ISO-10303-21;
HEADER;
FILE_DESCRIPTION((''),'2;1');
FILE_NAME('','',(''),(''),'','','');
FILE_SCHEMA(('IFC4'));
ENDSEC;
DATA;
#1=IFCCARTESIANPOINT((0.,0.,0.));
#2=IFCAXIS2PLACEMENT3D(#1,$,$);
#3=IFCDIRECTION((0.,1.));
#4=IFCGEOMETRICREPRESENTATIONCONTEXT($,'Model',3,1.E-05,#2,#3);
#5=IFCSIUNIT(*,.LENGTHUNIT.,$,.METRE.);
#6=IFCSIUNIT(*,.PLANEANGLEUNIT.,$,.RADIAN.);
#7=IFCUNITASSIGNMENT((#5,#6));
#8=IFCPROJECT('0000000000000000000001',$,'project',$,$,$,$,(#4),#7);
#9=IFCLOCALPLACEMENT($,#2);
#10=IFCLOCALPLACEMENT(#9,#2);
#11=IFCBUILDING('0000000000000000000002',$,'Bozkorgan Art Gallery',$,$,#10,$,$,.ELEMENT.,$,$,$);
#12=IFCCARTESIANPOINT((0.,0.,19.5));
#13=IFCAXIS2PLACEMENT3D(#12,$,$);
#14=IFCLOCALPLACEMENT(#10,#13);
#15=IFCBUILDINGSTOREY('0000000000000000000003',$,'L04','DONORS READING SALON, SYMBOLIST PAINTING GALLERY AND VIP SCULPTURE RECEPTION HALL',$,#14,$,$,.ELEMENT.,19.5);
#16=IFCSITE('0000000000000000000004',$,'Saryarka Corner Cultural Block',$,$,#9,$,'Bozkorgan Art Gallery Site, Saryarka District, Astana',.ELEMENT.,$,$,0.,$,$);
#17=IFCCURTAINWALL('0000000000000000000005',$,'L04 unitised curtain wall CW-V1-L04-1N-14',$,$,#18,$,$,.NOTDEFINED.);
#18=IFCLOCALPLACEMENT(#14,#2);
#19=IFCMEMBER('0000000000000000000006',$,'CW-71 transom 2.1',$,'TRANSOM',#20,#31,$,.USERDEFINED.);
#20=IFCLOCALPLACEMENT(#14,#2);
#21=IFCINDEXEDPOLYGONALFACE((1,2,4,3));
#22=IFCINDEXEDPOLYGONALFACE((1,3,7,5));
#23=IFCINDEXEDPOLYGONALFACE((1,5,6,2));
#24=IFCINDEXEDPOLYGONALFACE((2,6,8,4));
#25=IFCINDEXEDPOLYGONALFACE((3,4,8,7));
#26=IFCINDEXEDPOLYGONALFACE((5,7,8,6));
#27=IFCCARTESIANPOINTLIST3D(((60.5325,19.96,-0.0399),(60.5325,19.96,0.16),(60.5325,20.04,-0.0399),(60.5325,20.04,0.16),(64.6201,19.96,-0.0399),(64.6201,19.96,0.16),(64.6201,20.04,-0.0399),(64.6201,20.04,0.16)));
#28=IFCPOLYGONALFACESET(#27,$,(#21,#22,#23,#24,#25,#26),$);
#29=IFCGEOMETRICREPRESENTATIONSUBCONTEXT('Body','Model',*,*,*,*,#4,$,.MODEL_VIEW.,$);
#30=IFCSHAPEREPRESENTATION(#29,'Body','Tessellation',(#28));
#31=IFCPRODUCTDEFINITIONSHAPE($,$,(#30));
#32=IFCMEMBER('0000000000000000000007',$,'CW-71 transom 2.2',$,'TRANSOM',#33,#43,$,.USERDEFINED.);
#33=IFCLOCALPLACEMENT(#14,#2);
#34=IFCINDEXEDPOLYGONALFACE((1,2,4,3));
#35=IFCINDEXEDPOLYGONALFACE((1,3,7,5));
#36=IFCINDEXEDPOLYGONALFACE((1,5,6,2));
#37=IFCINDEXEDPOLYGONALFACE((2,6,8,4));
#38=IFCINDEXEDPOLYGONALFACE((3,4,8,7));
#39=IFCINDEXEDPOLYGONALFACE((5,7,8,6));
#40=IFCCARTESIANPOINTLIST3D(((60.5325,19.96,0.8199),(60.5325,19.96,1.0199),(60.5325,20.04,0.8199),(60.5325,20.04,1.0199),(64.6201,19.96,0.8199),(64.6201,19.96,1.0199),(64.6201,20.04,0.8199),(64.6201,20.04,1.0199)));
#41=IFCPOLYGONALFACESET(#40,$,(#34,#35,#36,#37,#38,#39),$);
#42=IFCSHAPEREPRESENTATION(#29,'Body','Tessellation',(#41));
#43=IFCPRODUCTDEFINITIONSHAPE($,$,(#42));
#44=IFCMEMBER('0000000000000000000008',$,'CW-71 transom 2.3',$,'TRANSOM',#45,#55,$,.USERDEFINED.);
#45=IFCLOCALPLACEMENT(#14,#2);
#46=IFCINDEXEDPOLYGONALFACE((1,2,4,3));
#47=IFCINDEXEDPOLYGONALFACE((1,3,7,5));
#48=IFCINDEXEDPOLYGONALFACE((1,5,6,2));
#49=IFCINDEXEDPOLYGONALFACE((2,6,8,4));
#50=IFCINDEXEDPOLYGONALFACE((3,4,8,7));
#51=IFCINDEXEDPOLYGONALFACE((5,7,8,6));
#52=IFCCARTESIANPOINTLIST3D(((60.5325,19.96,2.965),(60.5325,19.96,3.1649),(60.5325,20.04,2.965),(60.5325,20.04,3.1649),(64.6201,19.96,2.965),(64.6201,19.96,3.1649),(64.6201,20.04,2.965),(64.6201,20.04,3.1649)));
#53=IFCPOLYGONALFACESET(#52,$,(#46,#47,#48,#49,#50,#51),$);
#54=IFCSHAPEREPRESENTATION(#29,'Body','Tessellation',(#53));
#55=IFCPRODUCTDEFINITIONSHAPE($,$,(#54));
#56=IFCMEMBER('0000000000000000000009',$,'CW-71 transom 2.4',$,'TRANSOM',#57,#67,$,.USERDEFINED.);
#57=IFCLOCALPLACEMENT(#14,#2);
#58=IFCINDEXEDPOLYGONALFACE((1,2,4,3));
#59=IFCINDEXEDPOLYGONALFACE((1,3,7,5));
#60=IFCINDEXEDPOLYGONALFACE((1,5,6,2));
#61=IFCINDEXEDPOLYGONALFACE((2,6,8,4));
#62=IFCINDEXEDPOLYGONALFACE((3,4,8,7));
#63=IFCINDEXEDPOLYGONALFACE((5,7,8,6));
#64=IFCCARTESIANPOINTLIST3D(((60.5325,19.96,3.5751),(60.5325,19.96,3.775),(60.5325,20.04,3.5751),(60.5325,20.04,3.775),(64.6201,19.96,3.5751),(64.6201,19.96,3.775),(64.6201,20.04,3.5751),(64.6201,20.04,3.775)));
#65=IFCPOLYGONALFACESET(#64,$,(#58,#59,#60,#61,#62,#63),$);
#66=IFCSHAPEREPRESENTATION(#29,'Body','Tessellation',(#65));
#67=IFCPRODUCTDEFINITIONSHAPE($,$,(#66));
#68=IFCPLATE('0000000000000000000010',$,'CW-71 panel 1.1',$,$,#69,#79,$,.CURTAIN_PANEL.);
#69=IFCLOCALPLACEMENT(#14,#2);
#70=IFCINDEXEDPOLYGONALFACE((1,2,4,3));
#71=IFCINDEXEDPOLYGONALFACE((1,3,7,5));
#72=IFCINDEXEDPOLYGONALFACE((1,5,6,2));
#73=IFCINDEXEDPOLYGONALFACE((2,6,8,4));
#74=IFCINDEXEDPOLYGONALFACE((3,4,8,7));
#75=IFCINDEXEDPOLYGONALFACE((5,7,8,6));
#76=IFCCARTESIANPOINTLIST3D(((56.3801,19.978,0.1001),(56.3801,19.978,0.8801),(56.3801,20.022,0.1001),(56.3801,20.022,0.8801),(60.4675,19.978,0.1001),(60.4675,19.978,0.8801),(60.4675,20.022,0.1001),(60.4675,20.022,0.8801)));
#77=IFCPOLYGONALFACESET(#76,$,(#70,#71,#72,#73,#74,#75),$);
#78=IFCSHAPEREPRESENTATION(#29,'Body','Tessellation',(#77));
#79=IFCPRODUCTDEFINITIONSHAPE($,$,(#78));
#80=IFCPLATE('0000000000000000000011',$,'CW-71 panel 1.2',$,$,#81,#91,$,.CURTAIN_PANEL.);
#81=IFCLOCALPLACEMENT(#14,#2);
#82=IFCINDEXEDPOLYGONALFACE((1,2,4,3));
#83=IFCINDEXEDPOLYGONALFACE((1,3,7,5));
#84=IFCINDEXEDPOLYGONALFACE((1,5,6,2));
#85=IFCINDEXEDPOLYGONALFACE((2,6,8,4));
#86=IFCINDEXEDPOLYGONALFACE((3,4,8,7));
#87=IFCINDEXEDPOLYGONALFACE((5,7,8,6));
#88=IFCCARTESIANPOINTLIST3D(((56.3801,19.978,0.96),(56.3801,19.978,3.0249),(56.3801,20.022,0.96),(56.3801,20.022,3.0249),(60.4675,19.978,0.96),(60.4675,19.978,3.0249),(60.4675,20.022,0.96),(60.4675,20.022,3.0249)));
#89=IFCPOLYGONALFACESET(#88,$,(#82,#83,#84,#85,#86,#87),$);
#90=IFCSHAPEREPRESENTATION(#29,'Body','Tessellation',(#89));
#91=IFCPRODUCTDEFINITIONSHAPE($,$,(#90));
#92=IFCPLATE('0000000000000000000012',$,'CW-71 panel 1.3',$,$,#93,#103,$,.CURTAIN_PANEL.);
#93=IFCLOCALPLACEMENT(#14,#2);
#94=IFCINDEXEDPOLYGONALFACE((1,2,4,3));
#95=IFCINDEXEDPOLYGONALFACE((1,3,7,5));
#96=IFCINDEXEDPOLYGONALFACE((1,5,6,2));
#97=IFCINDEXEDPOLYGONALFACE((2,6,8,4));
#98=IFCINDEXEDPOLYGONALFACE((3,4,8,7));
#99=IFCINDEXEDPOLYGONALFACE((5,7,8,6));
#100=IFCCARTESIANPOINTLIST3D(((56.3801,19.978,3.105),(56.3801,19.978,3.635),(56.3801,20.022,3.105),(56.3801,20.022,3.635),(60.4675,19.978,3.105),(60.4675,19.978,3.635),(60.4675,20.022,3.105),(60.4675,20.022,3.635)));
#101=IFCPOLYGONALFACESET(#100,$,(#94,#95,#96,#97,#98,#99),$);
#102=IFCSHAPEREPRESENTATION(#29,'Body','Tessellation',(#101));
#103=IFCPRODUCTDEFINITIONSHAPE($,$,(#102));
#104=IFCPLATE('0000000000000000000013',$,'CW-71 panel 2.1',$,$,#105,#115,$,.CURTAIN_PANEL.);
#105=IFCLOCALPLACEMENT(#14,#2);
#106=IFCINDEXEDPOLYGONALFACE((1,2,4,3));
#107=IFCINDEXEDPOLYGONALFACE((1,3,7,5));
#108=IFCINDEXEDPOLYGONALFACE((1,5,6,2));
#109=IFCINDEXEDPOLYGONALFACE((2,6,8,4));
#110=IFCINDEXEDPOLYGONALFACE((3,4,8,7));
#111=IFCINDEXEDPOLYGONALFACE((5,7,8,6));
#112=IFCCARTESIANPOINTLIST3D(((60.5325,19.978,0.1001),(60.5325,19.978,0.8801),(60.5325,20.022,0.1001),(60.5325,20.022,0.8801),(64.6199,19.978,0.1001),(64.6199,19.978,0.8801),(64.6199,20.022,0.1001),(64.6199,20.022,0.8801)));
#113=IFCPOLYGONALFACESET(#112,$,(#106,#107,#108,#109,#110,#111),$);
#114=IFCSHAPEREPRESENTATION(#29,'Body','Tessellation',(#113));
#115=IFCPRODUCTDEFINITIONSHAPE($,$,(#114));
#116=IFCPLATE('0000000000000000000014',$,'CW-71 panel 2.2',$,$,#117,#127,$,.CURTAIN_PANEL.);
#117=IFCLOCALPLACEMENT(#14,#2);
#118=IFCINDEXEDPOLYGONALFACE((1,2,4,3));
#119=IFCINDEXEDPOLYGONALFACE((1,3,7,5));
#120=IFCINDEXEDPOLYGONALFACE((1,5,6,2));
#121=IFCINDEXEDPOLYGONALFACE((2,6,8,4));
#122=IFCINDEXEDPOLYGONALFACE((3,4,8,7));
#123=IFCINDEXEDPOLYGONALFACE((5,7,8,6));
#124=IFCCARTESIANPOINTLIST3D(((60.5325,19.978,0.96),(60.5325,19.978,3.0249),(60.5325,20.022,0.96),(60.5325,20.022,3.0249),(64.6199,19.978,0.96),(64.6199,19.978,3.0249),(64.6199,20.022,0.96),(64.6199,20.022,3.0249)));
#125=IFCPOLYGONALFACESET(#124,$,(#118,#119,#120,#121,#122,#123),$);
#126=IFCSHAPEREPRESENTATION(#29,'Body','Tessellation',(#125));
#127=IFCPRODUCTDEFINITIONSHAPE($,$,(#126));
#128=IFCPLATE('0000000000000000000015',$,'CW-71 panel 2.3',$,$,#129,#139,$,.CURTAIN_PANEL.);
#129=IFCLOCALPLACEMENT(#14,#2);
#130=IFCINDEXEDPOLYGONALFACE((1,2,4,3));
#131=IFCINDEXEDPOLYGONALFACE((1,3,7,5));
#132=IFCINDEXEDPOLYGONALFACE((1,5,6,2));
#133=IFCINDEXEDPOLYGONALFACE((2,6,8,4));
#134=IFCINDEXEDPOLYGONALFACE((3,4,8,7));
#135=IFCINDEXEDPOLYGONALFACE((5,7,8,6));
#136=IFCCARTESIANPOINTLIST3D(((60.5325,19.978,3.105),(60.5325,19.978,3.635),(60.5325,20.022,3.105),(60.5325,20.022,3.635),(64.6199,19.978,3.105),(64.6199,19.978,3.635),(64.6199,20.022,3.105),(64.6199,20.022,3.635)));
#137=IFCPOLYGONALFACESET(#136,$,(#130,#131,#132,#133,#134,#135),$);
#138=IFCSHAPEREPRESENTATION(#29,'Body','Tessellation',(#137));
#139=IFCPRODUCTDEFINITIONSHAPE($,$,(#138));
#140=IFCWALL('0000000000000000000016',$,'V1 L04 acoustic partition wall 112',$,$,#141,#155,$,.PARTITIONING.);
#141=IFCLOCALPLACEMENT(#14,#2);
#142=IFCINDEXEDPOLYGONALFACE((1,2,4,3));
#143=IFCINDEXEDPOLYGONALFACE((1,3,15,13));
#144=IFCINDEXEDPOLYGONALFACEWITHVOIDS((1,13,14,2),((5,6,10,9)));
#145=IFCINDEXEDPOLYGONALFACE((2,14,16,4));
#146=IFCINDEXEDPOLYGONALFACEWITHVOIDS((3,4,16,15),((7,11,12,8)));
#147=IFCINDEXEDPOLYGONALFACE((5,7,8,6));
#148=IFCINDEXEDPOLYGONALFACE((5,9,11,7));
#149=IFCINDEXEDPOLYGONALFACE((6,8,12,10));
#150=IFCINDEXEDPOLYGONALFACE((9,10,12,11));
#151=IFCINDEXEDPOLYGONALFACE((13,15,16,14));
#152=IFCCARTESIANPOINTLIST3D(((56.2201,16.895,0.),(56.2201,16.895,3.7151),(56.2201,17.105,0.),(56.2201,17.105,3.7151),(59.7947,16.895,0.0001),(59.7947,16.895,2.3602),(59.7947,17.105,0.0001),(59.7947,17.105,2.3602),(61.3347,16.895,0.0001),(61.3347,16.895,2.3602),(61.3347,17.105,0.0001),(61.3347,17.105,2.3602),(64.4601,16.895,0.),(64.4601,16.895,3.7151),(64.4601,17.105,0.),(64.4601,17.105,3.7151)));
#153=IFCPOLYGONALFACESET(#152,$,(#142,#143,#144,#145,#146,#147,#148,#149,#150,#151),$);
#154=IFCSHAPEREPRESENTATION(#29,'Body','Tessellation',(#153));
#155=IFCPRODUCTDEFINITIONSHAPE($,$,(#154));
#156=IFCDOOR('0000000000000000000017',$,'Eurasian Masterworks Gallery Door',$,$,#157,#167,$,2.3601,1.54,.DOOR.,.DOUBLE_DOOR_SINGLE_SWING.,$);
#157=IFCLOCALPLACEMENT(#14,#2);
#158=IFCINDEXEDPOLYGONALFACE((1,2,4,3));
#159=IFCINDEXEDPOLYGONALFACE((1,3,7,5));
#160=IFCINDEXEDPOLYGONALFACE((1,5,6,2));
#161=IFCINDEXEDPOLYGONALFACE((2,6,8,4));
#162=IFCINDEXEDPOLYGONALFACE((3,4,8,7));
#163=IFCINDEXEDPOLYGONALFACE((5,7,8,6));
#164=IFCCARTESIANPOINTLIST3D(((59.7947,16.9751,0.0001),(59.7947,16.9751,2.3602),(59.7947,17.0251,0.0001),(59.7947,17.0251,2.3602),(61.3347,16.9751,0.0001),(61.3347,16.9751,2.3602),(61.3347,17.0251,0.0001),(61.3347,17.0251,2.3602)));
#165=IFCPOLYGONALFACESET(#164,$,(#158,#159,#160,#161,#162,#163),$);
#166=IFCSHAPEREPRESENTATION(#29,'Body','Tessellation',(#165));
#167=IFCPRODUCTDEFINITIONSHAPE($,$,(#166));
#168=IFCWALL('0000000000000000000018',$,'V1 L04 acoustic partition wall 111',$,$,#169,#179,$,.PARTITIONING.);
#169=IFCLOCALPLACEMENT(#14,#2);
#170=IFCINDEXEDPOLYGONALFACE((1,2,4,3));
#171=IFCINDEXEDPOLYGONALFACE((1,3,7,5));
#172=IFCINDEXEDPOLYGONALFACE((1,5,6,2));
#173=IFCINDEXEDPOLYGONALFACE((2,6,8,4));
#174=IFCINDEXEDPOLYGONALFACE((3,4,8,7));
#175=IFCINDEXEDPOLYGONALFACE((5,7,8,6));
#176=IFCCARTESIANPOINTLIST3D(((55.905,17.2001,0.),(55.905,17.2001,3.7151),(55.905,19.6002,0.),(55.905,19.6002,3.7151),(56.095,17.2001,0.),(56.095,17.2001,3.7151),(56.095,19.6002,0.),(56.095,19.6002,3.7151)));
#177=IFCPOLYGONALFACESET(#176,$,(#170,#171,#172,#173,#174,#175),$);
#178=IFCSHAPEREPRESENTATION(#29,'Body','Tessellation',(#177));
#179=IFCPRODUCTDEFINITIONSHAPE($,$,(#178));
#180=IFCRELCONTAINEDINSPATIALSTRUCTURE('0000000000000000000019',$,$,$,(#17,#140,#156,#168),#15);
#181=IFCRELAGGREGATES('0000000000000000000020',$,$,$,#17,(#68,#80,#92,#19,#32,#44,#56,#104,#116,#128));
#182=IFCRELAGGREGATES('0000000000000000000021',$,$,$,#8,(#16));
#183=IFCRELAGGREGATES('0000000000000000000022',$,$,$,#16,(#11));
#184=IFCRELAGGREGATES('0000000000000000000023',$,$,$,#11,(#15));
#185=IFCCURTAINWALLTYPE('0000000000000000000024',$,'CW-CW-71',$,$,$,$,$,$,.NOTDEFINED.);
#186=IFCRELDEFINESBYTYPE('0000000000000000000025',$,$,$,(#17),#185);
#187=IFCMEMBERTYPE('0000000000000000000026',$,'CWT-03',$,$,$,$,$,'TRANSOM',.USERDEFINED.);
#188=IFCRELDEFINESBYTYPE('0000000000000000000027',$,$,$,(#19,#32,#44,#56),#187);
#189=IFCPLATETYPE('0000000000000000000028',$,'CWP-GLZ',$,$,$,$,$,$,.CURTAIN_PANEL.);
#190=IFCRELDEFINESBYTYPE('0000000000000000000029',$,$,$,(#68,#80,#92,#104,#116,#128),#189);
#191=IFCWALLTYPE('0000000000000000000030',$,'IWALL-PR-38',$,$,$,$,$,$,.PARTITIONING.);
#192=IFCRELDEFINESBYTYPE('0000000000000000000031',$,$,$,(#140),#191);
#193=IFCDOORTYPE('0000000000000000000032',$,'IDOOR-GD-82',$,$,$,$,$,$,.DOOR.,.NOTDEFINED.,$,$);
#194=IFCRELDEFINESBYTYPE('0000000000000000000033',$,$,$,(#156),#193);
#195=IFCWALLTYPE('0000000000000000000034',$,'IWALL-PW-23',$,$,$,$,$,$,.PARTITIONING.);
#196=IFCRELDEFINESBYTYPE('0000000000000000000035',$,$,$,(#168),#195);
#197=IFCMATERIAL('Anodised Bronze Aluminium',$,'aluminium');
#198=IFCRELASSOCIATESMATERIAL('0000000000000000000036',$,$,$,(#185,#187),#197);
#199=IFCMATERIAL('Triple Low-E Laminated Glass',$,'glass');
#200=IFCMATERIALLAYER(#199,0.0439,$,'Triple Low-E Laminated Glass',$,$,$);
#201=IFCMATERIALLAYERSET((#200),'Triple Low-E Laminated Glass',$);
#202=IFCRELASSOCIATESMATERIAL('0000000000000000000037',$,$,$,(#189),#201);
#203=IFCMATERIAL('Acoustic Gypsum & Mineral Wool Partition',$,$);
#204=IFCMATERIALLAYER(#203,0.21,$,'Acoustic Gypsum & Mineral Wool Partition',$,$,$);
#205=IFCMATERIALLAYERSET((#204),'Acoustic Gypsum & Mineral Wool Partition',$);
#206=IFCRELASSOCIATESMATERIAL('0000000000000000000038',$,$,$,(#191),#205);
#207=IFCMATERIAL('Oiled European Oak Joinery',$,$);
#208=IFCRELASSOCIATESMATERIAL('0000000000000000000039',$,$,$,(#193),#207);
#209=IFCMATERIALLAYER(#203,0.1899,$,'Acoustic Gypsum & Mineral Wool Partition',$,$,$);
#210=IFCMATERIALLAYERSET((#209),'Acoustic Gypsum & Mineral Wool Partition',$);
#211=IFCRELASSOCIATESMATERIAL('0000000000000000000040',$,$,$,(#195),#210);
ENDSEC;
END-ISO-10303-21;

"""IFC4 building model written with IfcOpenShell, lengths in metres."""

from ifc_helpers import new_model, si_unit, direction, frame, frame_2d, origin, origin_2d, place, context, subcontext, project, spatial, rectangle, extrude, material, layer, layer_set, material_profile, profile_set, type_object, element, fill, aggregate, save


model = new_model("IFC4")

# Units and contexts
model_context = context("Model", 3, precision=1e-05, world=origin(), true_north=direction((0.0, 1.0)))
body_context = subcontext(model_context, "Body", "Model", "MODEL_VIEW")
ifc_project = project(units=[si_unit("LENGTHUNIT", "METRE"), si_unit("PLANEANGLEUNIT", "RADIAN")], contexts=[model_context])

# Site, building, storey
site_placement = place(None, origin())
site = spatial("IfcSite", under=ifc_project, at=site_placement, Name="Saryarka Corner Cultural Block", LongName="Bozkorgan Art Gallery Site, Saryarka District, Astana", CompositionType="ELEMENT", RefElevation=0.0)
building_placement = place(site_placement, origin())
building = spatial("IfcBuilding", under=site, at=building_placement, Name="Bozkorgan Art Gallery", CompositionType="ELEMENT")
storey_placement = place(building_placement, frame((0.0, 0.0, 19.5)))
storey = spatial("IfcBuildingStorey", under=building, at=storey_placement, Name="L04", Description="DONORS READING SALON, SYMBOLIST PAINTING GALLERY AND VIP SCULPTURE RECEPTION HALL", CompositionType="ELEMENT", Elevation=19.5)

# Curtain wall, members, plates
ifc_material_1 = material(Name="Anodised Bronze Aluminium", Category="aluminium")
curtain_wall_type = type_object("IfcCurtainWallType", Name="CW-CW-71", PredefinedType="NOTDEFINED", material=ifc_material_1)
curtain_wall_placement = place(storey_placement, origin())
curtain_wall = element("IfcCurtainWall", 1, at=curtain_wall_placement, inside=storey, type_object=curtain_wall_type, Name="L04 unitised curtain wall CW-V1-L04-1N-14", PredefinedType="NOTDEFINED")
ifc_material_profile_1 = material_profile(ifc_material_1, rectangle(XDim=0.0801, YDim=0.2, at=origin_2d()), Name="ALU TRANSOM 80x200")
ifc_profile_set_1 = profile_set([ifc_material_profile_1], Name="Anodised Bronze Aluminium")
member_type_1 = type_object("IfcMemberType", Name="CWT-03", ElementType="TRANSOM", PredefinedType="USERDEFINED", material=ifc_profile_set_1)
member_1_placement = place(storey_placement, frame((60.5325, 20.0, 0.0601), z_axis=(1.0, 0.0, 0.0), x_axis=(0.0, 1.0, 0.0)))
member_1 = element("IfcMember", 2, at=member_1_placement, type_object=member_type_1, Name="CW-71 transom 2.1", ObjectType="TRANSOM", PredefinedType="USERDEFINED", context=body_context, shape_type="SweptSolid", body=[
    extrude(rectangle(XDim=0.0801, YDim=0.2, at=origin_2d()), origin(), (0.0, 0.0, 1.0), 4.0876),
])
member_2_placement = place(storey_placement, frame((60.5325, 20.0, 0.9199), z_axis=(1.0, 0.0, 0.0), x_axis=(0.0, 1.0, 0.0)))
member_2 = element("IfcMember", 3, at=member_2_placement, type_object=member_type_1, Name="CW-71 transom 2.2", ObjectType="TRANSOM", PredefinedType="USERDEFINED", context=body_context, shape_type="SweptSolid", body=[
    extrude(rectangle(XDim=0.0801, YDim=0.2, at=origin_2d()), origin(), (0.0, 0.0, 1.0), 4.0876),
])
member_3_placement = place(storey_placement, frame((60.5325, 20.0, 3.0649), z_axis=(1.0, 0.0, 0.0), x_axis=(0.0, 1.0, 0.0)))
member_3 = element("IfcMember", 4, at=member_3_placement, type_object=member_type_1, Name="CW-71 transom 2.3", ObjectType="TRANSOM", PredefinedType="USERDEFINED", context=body_context, shape_type="SweptSolid", body=[
    extrude(rectangle(XDim=0.0801, YDim=0.2, at=origin_2d()), origin(), (0.0, 0.0, 1.0), 4.0876),
])
member_4_placement = place(storey_placement, frame((60.5325, 20.0, 3.675), z_axis=(1.0, 0.0, 0.0), x_axis=(0.0, 1.0, 0.0)))
member_4 = element("IfcMember", 5, at=member_4_placement, type_object=member_type_1, Name="CW-71 transom 2.4", ObjectType="TRANSOM", PredefinedType="USERDEFINED", context=body_context, shape_type="SweptSolid", body=[
    extrude(rectangle(XDim=0.0801, YDim=0.2, at=origin_2d()), origin(), (0.0, 0.0, 1.0), 4.0876),
])
ifc_material_2 = material(Name="Triple Low-E Laminated Glass", Category="glass")
ifc_layer_1 = layer(ifc_material_2, 0.0439, Name="Triple Low-E Laminated Glass")
ifc_layer_set_1 = layer_set([ifc_layer_1], Name="Triple Low-E Laminated Glass")
plate_type = type_object("IfcPlateType", Name="CWP-GLZ", PredefinedType="CURTAIN_PANEL", material=ifc_layer_set_1)
plate_1_placement = place(storey_placement, frame((58.4238, 20.0, 0.1001), z_axis=(0.0, 0.0, 1.0), x_axis=(1.0, 0.0, 0.0)))
plate_1 = element("IfcPlate", 6, at=plate_1_placement, type_object=plate_type, Name="CW-71 panel 1.1", PredefinedType="CURTAIN_PANEL", context=body_context, shape_type="SweptSolid", body=[
    extrude(rectangle(XDim=4.0874, YDim=0.0439, at=origin_2d()), origin(), (0.0, 0.0, 1.0), 0.78),
])
plate_2_placement = place(storey_placement, frame((58.4238, 20.0, 0.96), z_axis=(0.0, 0.0, 1.0), x_axis=(1.0, 0.0, 0.0)))
plate_2 = element("IfcPlate", 7, at=plate_2_placement, type_object=plate_type, Name="CW-71 panel 1.2", PredefinedType="CURTAIN_PANEL", context=body_context, shape_type="SweptSolid", body=[
    extrude(rectangle(XDim=4.0874, YDim=0.0439, at=origin_2d()), origin(), (0.0, 0.0, 1.0), 2.0649),
])
plate_3_placement = place(storey_placement, frame((58.4238, 20.0, 3.105), z_axis=(0.0, 0.0, 1.0), x_axis=(1.0, 0.0, 0.0)))
plate_3 = element("IfcPlate", 8, at=plate_3_placement, type_object=plate_type, Name="CW-71 panel 1.3", PredefinedType="CURTAIN_PANEL", context=body_context, shape_type="SweptSolid", body=[
    extrude(rectangle(XDim=4.0874, YDim=0.0439, at=origin_2d()), origin(), (0.0, 0.0, 1.0), 0.53),
])
plate_4_placement = place(storey_placement, frame((62.5762, 20.0, 0.1001), z_axis=(0.0, 0.0, 1.0), x_axis=(1.0, 0.0, 0.0)))
plate_4 = element("IfcPlate", 9, at=plate_4_placement, type_object=plate_type, Name="CW-71 panel 2.1", PredefinedType="CURTAIN_PANEL", context=body_context, shape_type="SweptSolid", body=[
    extrude(rectangle(XDim=4.0874, YDim=0.0439, at=origin_2d()), origin(), (0.0, 0.0, 1.0), 0.78),
])
plate_5_placement = place(storey_placement, frame((62.5762, 20.0, 0.96), z_axis=(0.0, 0.0, 1.0), x_axis=(1.0, 0.0, 0.0)))
plate_5 = element("IfcPlate", 10, at=plate_5_placement, type_object=plate_type, Name="CW-71 panel 2.2", PredefinedType="CURTAIN_PANEL", context=body_context, shape_type="SweptSolid", body=[
    extrude(rectangle(XDim=4.0874, YDim=0.0439, at=origin_2d()), origin(), (0.0, 0.0, 1.0), 2.0649),
])
plate_6_placement = place(storey_placement, frame((62.5762, 20.0, 3.105), z_axis=(0.0, 0.0, 1.0), x_axis=(1.0, 0.0, 0.0)))
plate_6 = element("IfcPlate", 11, at=plate_6_placement, type_object=plate_type, Name="CW-71 panel 2.3", PredefinedType="CURTAIN_PANEL", context=body_context, shape_type="SweptSolid", body=[
    extrude(rectangle(XDim=4.0874, YDim=0.0439, at=origin_2d()), origin(), (0.0, 0.0, 1.0), 0.53),
])
aggregate(curtain_wall, [plate_1, plate_2, plate_3, member_1, member_2, member_3, member_4, plate_4, plate_5, plate_6])

# Wall, opening, door
ifc_material_3 = material(Name="Acoustic Gypsum & Mineral Wool Partition")
ifc_layer_2 = layer(ifc_material_3, 0.21, Name="Acoustic Gypsum & Mineral Wool Partition")
ifc_layer_set_2 = layer_set([ifc_layer_2], Name="Acoustic Gypsum & Mineral Wool Partition")
wall_type_1 = type_object("IfcWallType", Name="IWALL-PR-38", PredefinedType="PARTITIONING", material=ifc_layer_set_2)
wall_1_placement = place(storey_placement, frame((56.22, 17.0, 0.0), z_axis=(0.0, 0.0, 1.0), x_axis=(1.0, 0.0, 0.0)))
wall_1 = element("IfcWall", 12, at=wall_1_placement, inside=storey, type_object=wall_type_1, Name="V1 L04 acoustic partition wall 112", PredefinedType="PARTITIONING", context=body_context, shape_type="SweptSolid", body=[
    extrude(rectangle(XDim=8.24, YDim=0.21, at=frame_2d((4.1201, 0.0))), origin(), (0.0, 0.0, 1.0), 3.7151),
])
opening_placement = place(wall_1_placement, frame((5.1147, 0.0, 0.0), z_axis=(0.0, 0.0, 1.0), x_axis=(-1.0, 0.0, 0.0)))
opening = element("IfcOpeningElement", 13, at=opening_placement, cuts=wall_1, PredefinedType="OPENING", context=body_context, shape_type="SweptSolid", body=[
    extrude(rectangle(XDim=1.54, YDim=2.3601, at=frame_2d((0.77, 1.1802))), frame((0.0, 0.115, 0.0), z_axis=(0.0, -1.0, 0.0), x_axis=(1.0, 0.0, 0.0)), (0.0, 0.0, 1.0), 0.23),
])
ifc_material_4 = material(Name="Oiled European Oak Joinery")
door_type = type_object("IfcDoorType", Name="IDOOR-GD-82", OperationType="NOTDEFINED", PredefinedType="DOOR", material=ifc_material_4)
door_placement = place(opening_placement, origin())
door = element("IfcDoor", 14, at=door_placement, inside=storey, type_object=door_type, Name="Eurasian Masterworks Gallery Door", OperationType="DOUBLE_DOOR_SINGLE_SWING", OverallHeight=2.3601, OverallWidth=1.54, PredefinedType="DOOR", context=body_context, shape_type="SweptSolid", body=[
    extrude(rectangle(XDim=1.54, YDim=2.3601, at=frame_2d((0.77, 1.1802))), frame((0.0, 0.0249, 0.0), z_axis=(0.0, -1.0, 0.0), x_axis=(1.0, 0.0, 0.0)), (0.0, 0.0, 1.0), 0.05),
])
fill(opening, door)

# Wall
ifc_layer_3 = layer(ifc_material_3, 0.1899, Name="Acoustic Gypsum & Mineral Wool Partition")
ifc_layer_set_3 = layer_set([ifc_layer_3], Name="Acoustic Gypsum & Mineral Wool Partition")
wall_type_2 = type_object("IfcWallType", Name="IWALL-PW-23", PredefinedType="PARTITIONING", material=ifc_layer_set_3)
wall_2_placement = place(storey_placement, frame((56.0, 17.2, 0.0), z_axis=(0.0, 0.0, 1.0), x_axis=(0.0, 1.0, 0.0)))
element("IfcWall", 15, at=wall_2_placement, inside=storey, type_object=wall_type_2, Name="V1 L04 acoustic partition wall 111", PredefinedType="PARTITIONING", context=body_context, shape_type="SweptSolid", body=[
    extrude(rectangle(XDim=2.4001, YDim=0.1899, at=frame_2d((1.2002, 0.0))), origin(), (0.0, 0.0, 1.0), 3.7151),
])

save(model, "model.ifc")
